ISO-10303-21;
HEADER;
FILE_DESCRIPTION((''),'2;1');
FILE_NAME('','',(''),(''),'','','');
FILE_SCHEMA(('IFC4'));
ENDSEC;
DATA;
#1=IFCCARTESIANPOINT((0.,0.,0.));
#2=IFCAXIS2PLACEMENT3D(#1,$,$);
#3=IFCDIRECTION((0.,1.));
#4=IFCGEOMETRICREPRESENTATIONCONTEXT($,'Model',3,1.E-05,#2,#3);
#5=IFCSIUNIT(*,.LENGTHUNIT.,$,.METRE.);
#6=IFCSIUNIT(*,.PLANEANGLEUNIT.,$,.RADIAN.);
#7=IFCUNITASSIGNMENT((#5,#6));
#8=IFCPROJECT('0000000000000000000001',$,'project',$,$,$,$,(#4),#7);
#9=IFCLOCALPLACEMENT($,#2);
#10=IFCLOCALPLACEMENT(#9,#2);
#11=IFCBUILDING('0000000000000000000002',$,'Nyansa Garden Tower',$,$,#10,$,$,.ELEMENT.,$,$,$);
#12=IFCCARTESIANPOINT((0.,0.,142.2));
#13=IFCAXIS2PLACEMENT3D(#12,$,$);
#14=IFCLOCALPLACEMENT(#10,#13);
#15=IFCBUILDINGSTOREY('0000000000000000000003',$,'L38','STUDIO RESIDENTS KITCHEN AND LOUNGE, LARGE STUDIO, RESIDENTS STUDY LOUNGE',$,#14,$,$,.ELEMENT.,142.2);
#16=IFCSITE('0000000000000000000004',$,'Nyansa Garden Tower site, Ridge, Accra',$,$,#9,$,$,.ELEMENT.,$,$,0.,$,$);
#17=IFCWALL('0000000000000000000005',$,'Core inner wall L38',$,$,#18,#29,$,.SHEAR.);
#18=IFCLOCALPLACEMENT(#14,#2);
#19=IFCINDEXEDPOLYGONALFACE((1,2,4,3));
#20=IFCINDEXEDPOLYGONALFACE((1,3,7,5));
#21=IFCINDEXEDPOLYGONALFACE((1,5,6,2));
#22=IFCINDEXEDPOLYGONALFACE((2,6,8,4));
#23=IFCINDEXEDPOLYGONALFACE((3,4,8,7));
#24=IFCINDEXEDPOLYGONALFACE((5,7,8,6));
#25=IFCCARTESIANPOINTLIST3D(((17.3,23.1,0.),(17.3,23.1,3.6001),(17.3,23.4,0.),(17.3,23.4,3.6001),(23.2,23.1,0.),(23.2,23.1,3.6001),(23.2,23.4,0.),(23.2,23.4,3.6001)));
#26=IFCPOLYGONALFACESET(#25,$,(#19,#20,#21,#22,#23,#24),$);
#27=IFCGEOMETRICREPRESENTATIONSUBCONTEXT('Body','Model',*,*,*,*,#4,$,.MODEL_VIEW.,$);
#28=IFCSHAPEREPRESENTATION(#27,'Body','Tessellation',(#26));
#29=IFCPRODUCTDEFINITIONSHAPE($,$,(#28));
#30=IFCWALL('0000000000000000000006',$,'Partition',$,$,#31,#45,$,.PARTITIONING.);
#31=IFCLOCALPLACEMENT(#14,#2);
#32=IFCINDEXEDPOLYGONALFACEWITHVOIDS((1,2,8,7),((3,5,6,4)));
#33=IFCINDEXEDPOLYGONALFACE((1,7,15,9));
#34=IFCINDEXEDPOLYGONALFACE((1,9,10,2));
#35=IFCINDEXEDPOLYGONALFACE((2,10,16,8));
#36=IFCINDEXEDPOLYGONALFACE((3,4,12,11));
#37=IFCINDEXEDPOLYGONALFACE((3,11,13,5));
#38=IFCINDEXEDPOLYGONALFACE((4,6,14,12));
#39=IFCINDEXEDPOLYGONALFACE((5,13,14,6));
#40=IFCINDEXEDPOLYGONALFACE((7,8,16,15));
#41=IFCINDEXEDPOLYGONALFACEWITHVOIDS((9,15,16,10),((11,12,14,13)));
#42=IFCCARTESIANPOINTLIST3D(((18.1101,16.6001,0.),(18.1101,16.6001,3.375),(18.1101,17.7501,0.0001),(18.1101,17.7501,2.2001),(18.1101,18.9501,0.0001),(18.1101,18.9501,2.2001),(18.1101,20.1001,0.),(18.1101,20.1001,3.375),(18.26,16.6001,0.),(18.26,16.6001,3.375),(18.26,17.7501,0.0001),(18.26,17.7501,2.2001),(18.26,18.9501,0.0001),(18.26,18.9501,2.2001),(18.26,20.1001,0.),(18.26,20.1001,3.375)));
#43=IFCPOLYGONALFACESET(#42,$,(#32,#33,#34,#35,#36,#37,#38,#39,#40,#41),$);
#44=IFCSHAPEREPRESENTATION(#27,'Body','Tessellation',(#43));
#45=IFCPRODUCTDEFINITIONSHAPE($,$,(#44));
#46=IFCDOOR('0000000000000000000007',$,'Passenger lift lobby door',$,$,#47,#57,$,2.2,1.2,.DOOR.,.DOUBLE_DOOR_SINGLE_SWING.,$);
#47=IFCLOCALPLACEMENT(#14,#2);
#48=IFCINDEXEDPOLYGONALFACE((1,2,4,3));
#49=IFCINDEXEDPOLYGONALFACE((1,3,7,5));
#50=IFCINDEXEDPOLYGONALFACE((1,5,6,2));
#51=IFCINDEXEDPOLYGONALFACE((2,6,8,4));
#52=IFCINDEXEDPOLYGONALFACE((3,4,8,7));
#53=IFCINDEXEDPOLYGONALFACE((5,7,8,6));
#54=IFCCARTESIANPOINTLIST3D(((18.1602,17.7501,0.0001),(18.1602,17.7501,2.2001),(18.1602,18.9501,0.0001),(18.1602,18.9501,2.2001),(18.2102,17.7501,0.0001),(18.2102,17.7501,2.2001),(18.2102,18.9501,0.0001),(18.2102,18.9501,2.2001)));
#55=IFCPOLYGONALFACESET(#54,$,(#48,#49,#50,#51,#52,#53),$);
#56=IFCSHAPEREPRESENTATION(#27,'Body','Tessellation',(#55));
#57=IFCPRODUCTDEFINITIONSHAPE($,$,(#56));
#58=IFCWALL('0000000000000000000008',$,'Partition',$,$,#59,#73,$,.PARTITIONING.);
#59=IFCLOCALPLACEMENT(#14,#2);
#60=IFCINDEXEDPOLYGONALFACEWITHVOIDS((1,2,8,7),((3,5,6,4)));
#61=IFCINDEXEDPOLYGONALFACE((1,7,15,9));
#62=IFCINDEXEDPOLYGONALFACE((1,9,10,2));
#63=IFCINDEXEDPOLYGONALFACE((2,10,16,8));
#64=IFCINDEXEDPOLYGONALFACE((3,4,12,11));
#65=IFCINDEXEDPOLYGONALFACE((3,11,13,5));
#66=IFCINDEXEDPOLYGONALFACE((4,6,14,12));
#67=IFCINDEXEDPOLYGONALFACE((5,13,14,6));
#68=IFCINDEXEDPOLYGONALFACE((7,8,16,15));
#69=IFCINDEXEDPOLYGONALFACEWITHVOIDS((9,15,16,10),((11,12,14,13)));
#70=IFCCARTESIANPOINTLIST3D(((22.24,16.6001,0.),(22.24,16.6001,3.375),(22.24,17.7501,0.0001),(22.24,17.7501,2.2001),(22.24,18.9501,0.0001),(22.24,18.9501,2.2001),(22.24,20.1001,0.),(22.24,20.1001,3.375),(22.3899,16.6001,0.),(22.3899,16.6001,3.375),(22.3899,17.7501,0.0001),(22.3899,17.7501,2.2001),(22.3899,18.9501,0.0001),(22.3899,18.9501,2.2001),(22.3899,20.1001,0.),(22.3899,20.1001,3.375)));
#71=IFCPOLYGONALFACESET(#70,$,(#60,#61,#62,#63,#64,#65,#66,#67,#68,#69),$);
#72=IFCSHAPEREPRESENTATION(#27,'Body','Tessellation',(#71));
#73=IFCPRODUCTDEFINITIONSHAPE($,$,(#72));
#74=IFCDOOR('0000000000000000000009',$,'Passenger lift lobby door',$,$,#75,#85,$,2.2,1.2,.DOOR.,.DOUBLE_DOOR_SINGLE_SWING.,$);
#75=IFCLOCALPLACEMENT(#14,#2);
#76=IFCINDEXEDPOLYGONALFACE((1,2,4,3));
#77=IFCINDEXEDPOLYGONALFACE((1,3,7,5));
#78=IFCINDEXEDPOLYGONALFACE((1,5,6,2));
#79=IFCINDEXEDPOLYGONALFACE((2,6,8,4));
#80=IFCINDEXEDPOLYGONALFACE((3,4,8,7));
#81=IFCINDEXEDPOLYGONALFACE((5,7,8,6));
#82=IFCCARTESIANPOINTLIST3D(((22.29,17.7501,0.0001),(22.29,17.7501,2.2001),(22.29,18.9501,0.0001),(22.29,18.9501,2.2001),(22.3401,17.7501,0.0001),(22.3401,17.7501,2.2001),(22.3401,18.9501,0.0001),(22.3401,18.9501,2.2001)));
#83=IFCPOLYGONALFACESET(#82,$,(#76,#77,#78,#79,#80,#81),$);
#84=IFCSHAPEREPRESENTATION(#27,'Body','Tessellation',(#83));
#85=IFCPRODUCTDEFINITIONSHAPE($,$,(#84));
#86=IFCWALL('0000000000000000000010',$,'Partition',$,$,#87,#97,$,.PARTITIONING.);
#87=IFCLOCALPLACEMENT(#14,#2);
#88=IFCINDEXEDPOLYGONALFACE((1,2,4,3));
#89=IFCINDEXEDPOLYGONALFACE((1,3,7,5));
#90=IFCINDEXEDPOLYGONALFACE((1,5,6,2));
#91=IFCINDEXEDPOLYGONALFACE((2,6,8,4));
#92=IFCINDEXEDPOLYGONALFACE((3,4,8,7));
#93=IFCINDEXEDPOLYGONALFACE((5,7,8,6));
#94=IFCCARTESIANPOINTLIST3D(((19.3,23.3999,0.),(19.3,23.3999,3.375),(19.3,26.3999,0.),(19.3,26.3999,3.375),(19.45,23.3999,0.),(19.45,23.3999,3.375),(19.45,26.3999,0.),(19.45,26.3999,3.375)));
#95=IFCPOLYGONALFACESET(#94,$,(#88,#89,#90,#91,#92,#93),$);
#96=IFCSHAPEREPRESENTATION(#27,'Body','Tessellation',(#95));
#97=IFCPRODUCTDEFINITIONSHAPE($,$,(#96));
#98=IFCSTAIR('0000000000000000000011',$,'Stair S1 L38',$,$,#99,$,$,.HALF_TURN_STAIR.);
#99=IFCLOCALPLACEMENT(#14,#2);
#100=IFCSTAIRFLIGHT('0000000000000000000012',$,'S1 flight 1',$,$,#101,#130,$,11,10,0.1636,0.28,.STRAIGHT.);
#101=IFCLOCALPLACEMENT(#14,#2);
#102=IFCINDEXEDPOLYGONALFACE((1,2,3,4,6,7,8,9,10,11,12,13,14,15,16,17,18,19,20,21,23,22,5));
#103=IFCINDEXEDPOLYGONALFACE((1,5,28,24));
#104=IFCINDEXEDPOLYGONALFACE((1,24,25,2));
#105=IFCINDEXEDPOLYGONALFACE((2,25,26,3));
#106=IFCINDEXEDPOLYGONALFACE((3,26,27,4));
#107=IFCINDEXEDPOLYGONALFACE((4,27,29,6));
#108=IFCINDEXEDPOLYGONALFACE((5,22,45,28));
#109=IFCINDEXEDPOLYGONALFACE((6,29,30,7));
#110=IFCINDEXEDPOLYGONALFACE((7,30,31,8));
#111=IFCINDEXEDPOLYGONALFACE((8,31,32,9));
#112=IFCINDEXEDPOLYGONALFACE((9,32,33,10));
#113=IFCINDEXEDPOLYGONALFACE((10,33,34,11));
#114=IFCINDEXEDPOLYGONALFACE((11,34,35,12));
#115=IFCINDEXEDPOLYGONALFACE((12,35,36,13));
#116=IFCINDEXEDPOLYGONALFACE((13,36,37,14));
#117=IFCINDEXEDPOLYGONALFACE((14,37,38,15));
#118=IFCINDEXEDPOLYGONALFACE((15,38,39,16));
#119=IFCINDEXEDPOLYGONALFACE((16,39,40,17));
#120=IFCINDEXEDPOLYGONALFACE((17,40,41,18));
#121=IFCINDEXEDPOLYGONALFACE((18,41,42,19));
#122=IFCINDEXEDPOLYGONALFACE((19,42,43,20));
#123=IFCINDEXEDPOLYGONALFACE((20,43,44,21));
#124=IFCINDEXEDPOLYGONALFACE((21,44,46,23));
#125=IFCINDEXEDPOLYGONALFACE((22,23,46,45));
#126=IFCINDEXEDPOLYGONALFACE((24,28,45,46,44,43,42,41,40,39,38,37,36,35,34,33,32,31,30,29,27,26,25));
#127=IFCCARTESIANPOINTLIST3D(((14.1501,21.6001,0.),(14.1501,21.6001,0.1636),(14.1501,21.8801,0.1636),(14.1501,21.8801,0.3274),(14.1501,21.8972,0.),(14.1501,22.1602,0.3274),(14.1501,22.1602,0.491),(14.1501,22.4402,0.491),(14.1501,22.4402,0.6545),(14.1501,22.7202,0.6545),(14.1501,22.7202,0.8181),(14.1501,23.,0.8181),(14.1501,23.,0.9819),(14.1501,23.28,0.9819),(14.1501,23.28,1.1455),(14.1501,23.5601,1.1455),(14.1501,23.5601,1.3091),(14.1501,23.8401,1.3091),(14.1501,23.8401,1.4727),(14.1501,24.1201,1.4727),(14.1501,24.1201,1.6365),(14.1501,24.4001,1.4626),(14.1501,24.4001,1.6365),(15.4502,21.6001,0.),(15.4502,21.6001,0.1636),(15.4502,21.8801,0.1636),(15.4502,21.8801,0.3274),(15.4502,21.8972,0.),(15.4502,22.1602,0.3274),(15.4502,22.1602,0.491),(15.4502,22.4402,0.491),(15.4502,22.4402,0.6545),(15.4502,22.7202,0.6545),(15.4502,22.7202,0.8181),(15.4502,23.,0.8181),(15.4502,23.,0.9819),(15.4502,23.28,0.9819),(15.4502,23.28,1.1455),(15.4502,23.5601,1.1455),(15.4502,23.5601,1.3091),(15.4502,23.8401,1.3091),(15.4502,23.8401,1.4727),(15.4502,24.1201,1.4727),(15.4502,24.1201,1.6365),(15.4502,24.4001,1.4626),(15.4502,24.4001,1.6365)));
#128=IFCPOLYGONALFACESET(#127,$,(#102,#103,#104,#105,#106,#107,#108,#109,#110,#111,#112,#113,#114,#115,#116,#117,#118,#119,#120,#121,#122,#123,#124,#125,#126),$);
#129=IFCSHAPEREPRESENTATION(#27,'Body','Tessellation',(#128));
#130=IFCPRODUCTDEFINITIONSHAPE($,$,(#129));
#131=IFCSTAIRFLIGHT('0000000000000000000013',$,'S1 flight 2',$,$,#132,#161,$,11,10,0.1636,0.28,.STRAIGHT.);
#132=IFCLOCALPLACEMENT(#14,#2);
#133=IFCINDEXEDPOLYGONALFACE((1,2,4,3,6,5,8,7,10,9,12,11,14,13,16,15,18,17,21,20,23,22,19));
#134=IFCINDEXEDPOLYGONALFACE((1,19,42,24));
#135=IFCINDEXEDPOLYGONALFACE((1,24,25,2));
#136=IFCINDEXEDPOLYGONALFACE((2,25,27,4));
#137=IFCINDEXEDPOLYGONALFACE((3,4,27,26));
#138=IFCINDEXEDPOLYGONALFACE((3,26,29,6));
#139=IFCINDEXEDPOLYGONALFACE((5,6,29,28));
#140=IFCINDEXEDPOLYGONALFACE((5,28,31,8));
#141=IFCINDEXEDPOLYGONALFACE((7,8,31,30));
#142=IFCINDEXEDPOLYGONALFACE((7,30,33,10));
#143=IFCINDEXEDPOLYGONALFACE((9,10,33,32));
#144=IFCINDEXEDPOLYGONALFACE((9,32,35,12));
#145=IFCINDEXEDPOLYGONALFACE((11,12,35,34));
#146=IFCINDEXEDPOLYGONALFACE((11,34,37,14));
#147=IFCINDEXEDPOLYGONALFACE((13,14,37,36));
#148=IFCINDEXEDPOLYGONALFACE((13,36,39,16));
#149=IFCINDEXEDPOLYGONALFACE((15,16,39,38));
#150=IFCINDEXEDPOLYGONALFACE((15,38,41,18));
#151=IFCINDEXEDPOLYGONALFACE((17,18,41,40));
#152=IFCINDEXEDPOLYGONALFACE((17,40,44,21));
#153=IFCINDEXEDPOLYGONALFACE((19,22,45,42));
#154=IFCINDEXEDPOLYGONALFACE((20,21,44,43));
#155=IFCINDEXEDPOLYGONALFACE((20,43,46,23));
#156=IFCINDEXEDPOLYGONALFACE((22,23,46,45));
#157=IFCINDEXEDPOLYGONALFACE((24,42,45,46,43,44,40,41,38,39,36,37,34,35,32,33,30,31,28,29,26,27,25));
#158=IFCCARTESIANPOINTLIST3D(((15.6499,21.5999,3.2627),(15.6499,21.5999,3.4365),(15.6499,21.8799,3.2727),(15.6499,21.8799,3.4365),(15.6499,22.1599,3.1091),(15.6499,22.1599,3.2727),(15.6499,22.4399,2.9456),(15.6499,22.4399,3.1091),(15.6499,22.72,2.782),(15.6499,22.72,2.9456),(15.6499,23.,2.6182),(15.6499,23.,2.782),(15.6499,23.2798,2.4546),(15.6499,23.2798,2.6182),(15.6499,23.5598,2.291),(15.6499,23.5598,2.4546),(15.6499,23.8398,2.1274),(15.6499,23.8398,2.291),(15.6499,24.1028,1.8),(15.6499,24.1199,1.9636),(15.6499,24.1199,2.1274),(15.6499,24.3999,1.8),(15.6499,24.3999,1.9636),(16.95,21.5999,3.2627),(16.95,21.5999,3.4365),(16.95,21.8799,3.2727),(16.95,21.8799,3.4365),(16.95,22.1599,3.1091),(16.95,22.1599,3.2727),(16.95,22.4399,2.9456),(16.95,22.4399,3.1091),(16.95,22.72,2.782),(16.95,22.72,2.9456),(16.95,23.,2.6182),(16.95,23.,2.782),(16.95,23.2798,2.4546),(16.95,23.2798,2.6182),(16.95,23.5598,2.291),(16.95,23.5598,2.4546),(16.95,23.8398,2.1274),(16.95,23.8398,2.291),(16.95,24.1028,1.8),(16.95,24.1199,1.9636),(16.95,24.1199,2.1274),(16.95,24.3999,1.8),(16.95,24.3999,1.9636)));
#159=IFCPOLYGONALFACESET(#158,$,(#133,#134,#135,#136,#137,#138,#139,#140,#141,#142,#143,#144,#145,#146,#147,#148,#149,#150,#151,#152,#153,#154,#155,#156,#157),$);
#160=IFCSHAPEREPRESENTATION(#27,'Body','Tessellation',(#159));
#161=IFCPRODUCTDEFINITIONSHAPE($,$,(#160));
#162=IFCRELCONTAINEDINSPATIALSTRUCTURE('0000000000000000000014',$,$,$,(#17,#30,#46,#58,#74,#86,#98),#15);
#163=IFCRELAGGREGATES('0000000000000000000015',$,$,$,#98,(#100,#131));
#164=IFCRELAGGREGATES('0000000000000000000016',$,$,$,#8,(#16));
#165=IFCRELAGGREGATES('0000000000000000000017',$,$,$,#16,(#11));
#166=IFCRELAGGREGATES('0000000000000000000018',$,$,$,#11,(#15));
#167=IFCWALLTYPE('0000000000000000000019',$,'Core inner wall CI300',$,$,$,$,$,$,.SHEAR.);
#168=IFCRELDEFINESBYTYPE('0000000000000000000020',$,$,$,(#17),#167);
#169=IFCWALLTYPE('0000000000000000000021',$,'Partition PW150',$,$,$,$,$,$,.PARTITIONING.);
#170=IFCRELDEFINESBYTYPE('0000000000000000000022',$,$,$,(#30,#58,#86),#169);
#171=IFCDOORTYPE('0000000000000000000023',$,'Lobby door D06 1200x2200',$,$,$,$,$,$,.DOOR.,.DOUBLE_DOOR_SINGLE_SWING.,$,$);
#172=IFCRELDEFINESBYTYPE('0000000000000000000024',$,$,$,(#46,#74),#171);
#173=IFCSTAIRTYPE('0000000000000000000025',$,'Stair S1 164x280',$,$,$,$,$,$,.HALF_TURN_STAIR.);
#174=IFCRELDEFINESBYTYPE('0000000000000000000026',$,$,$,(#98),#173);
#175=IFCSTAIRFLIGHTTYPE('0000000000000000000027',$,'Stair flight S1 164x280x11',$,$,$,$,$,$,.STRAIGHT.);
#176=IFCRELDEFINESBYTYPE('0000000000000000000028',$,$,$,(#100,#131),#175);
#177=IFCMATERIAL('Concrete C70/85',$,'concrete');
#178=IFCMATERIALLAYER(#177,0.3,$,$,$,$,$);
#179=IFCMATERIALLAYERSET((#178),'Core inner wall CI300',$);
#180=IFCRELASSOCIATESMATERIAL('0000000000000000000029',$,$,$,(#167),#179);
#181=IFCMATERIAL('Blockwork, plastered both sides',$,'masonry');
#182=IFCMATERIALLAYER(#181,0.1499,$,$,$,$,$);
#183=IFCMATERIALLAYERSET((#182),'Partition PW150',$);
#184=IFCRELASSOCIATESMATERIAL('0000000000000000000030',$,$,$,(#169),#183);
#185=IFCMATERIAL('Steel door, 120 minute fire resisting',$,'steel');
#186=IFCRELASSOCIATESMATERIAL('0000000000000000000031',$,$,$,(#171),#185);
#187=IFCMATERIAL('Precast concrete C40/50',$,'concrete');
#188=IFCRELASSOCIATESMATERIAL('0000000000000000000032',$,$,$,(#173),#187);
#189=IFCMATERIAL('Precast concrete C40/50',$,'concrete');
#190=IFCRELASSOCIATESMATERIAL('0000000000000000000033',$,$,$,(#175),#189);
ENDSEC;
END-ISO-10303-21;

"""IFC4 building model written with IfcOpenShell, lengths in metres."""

from ifc_helpers import new_model, si_unit, direction, frame, frame_2d, origin, place, context, subcontext, project, spatial, polyline, rectangle, outline, extrude, material, layer, layer_set, type_object, element, fill, aggregate, save


model = new_model("IFC4")

# Units and contexts
model_context = context("Model", 3, precision=1e-05, world=origin(), true_north=direction((0.0, 1.0)))
body_context = subcontext(model_context, "Body", "Model", "MODEL_VIEW")
ifc_project = project(units=[si_unit("LENGTHUNIT", "METRE"), si_unit("PLANEANGLEUNIT", "RADIAN")], contexts=[model_context])

# Site, building, storey
site_placement = place(None, origin())
site = spatial("IfcSite", under=ifc_project, at=site_placement, Name="Nyansa Garden Tower site, Ridge, Accra", CompositionType="ELEMENT", RefElevation=0.0)
building_placement = place(site_placement, origin())
building = spatial("IfcBuilding", under=site, at=building_placement, Name="Nyansa Garden Tower", CompositionType="ELEMENT")
storey_placement = place(building_placement, frame((0.0, 0.0, 142.2)))
storey = spatial("IfcBuildingStorey", under=building, at=storey_placement, Name="L38", Description="STUDIO RESIDENTS KITCHEN AND LOUNGE, LARGE STUDIO, RESIDENTS STUDY LOUNGE", CompositionType="ELEMENT", Elevation=142.2)

# Wall
ifc_material_1 = material(Name="Concrete C70/85", Category="concrete")
ifc_layer_1 = layer(ifc_material_1, 0.3)
ifc_layer_set_1 = layer_set([ifc_layer_1], Name="Core inner wall CI300")
wall_type_1 = type_object("IfcWallType", Name="Core inner wall CI300", PredefinedType="SHEAR", material=ifc_layer_set_1)
wall_1_placement = place(storey_placement, frame((17.3, 23.25, 0.0), z_axis=(0.0, 0.0, 1.0), x_axis=(1.0, 0.0, 0.0)))
element("IfcWall", 1, at=wall_1_placement, inside=storey, type_object=wall_type_1, Name="Core inner wall L38", PredefinedType="SHEAR", context=body_context, shape_type="SweptSolid", body=[
    extrude(rectangle(XDim=5.8999, YDim=0.3, at=frame_2d((2.95, 0.0))), origin(), (0.0, 0.0, 1.0), 3.6001),
])

# Walls, openings, doors
ifc_material_2 = material(Name="Blockwork, plastered both sides", Category="masonry")
ifc_layer_2 = layer(ifc_material_2, 0.1499)
ifc_layer_set_2 = layer_set([ifc_layer_2], Name="Partition PW150")
wall_type_2 = type_object("IfcWallType", Name="Partition PW150", PredefinedType="PARTITIONING", material=ifc_layer_set_2)
wall_2_placement = place(storey_placement, frame((18.1851, 16.6001, 0.0), z_axis=(0.0, 0.0, 1.0), x_axis=(0.0, 1.0, 0.0)))
wall_2 = element("IfcWall", 2, at=wall_2_placement, inside=storey, type_object=wall_type_2, Name="Partition", PredefinedType="PARTITIONING", context=body_context, shape_type="SweptSolid", body=[
    extrude(rectangle(XDim=3.5, YDim=0.1499, at=frame_2d((1.75, 0.0))), origin(), (0.0, 0.0, 1.0), 3.375),
])
opening_1_placement = place(wall_2_placement, frame((1.1499, 0.0, 0.0)))
opening_1 = element("IfcOpeningElement", 3, at=opening_1_placement, cuts=wall_2, PredefinedType="OPENING", context=body_context, shape_type="SweptSolid", body=[
    extrude(rectangle(XDim=1.2, YDim=2.2, at=frame_2d((0.6001, 1.1001))), frame((0.0, 0.085, 0.0), z_axis=(0.0, -1.0, 0.0), x_axis=(1.0, 0.0, 0.0)), (0.0, 0.0, 1.0), 0.1699),
])
ifc_material_3 = material(Name="Steel door, 120 minute fire resisting", Category="steel")
door_type_1 = type_object("IfcDoorType", Name="Lobby door D06 1200x2200", OperationType="DOUBLE_DOOR_SINGLE_SWING", PredefinedType="DOOR", material=ifc_material_3)
door_1_placement = place(opening_1_placement, origin())
door_1 = element("IfcDoor", 4, at=door_1_placement, inside=storey, type_object=door_type_1, Name="Passenger lift lobby door", OperationType="DOUBLE_DOOR_SINGLE_SWING", OverallHeight=2.2, OverallWidth=1.2, PredefinedType="DOOR", context=body_context, shape_type="SweptSolid", body=[
    extrude(rectangle(XDim=1.2, YDim=2.2, at=frame_2d((0.6001, 1.1001))), frame((0.0, 0.0249, 0.0), z_axis=(0.0, -1.0, 0.0), x_axis=(1.0, 0.0, 0.0)), (0.0, 0.0, 1.0), 0.05),
])
fill(opening_1, door_1)
wall_3_placement = place(storey_placement, frame((22.3149, 16.6001, 0.0), z_axis=(0.0, 0.0, 1.0), x_axis=(0.0, 1.0, 0.0)))
wall_3 = element("IfcWall", 5, at=wall_3_placement, inside=storey, type_object=wall_type_2, Name="Partition", PredefinedType="PARTITIONING", context=body_context, shape_type="SweptSolid", body=[
    extrude(rectangle(XDim=3.5, YDim=0.1499, at=frame_2d((1.75, 0.0))), origin(), (0.0, 0.0, 1.0), 3.375),
])
opening_2_placement = place(wall_3_placement, frame((1.1499, 0.0, 0.0)))
opening_2 = element("IfcOpeningElement", 6, at=opening_2_placement, cuts=wall_3, PredefinedType="OPENING", context=body_context, shape_type="SweptSolid", body=[
    extrude(rectangle(XDim=1.2, YDim=2.2, at=frame_2d((0.6001, 1.1001))), frame((0.0, 0.085, 0.0), z_axis=(0.0, -1.0, 0.0), x_axis=(1.0, 0.0, 0.0)), (0.0, 0.0, 1.0), 0.1699),
])
door_2_placement = place(opening_2_placement, origin())
door_2 = element("IfcDoor", 7, at=door_2_placement, inside=storey, type_object=door_type_1, Name="Passenger lift lobby door", OperationType="DOUBLE_DOOR_SINGLE_SWING", OverallHeight=2.2, OverallWidth=1.2, PredefinedType="DOOR", context=body_context, shape_type="SweptSolid", body=[
    extrude(rectangle(XDim=1.2, YDim=2.2, at=frame_2d((0.6001, 1.1001))), frame((0.0, 0.0249, 0.0), z_axis=(0.0, -1.0, 0.0), x_axis=(1.0, 0.0, 0.0)), (0.0, 0.0, 1.0), 0.05),
])
fill(opening_2, door_2)

# Wall
wall_4_placement = place(storey_placement, frame((19.375, 23.3999, 0.0), z_axis=(0.0, 0.0, 1.0), x_axis=(0.0, 1.0, 0.0)))
element("IfcWall", 8, at=wall_4_placement, inside=storey, type_object=wall_type_2, Name="Partition", PredefinedType="PARTITIONING", context=body_context, shape_type="SweptSolid", body=[
    extrude(rectangle(XDim=3.0, YDim=0.1499, at=frame_2d((1.5, 0.0))), origin(), (0.0, 0.0, 1.0), 3.375),
])

# Stair, stair flights
ifc_material_4 = material(Name="Precast concrete C40/50", Category="concrete")
stair_type_1 = type_object("IfcStairType", Name="Stair S1 164x280", PredefinedType="HALF_TURN_STAIR", material=ifc_material_4)
stair_1_placement = place(storey_placement, origin())
stair_1 = element("IfcStair", 9, at=stair_1_placement, inside=storey, type_object=stair_type_1, Name="Stair S1 L38", PredefinedType="HALF_TURN_STAIR")
ifc_material_5 = material(Name="Precast concrete C40/50", Category="concrete")
stair_flight_type_1 = type_object("IfcStairFlightType", Name="Stair flight S1 164x280x11", PredefinedType="STRAIGHT", material=ifc_material_5)
stair_flight_1_placement = place(storey_placement, frame((14.8, 21.6001, 0.0), z_axis=(0.0, 0.0, 1.0), x_axis=(0.0, 1.0, 0.0)))
stair_flight_1 = element("IfcStairFlight", 10, at=stair_flight_1_placement, type_object=stair_flight_type_1, Name="S1 flight 1", NumberOfRisers=11, NumberOfTreads=10, PredefinedType="STRAIGHT", RiserHeight=0.1636, TreadLength=0.28, context=body_context, shape_type="SweptSolid", body=[
    extrude(outline(polyline([(0.0, 0.0), (0.0, 0.1636), (0.28, 0.1636), (0.28, 0.3274), (0.5601, 0.3274), (0.5601, 0.491), (0.8401, 0.491), (0.8401, 0.6545), (1.1201, 0.6545), (1.1201, 0.8181), (1.3999, 0.8181), (1.3999, 0.9819), (1.6799, 0.9819), (1.6799, 1.1455), (1.96, 1.1455), (1.96, 1.3091), (2.24, 1.3091), (2.24, 1.4727), (2.52, 1.4727), (2.52, 1.6365), (2.8, 1.6365), (2.8, 1.8), (2.8, 1.4626), (0.2971, 0.0), (0.0, 0.0)])), frame((0.0, 0.6499, 0.0), z_axis=(0.0, -1.0, 0.0), x_axis=(1.0, 0.0, 0.0)), (0.0, 0.0, 1.0), 1.3),
])
stair_flight_2_placement = place(storey_placement, frame((16.3, 24.3999, 1.8), z_axis=(0.0, 0.0, 1.0), x_axis=(0.0, -1.0, 0.0)))
stair_flight_2 = element("IfcStairFlight", 11, at=stair_flight_2_placement, type_object=stair_flight_type_1, Name="S1 flight 2", NumberOfRisers=11, NumberOfTreads=10, PredefinedType="STRAIGHT", RiserHeight=0.1636, TreadLength=0.28, context=body_context, shape_type="SweptSolid", body=[
    extrude(outline(polyline([(0.0, 0.0), (0.0, 0.1636), (0.28, 0.1636), (0.28, 0.3274), (0.5601, 0.3274), (0.5601, 0.491), (0.8401, 0.491), (0.8401, 0.6545), (1.1201, 0.6545), (1.1201, 0.8181), (1.3999, 0.8181), (1.3999, 0.9819), (1.6799, 0.9819), (1.6799, 1.1455), (1.96, 1.1455), (1.96, 1.3091), (2.24, 1.3091), (2.24, 1.4727), (2.52, 1.4727), (2.52, 1.6365), (2.8, 1.6365), (2.8, 1.8), (2.8, 1.4626), (0.2971, 0.0), (0.0, 0.0)])), frame((0.0, 0.6499, 0.0), z_axis=(0.0, -1.0, 0.0), x_axis=(1.0, 0.0, 0.0)), (0.0, 0.0, 1.0), 1.3),
])
aggregate(stair_1, [stair_flight_1, stair_flight_2])

save(model, "model.ifc")
